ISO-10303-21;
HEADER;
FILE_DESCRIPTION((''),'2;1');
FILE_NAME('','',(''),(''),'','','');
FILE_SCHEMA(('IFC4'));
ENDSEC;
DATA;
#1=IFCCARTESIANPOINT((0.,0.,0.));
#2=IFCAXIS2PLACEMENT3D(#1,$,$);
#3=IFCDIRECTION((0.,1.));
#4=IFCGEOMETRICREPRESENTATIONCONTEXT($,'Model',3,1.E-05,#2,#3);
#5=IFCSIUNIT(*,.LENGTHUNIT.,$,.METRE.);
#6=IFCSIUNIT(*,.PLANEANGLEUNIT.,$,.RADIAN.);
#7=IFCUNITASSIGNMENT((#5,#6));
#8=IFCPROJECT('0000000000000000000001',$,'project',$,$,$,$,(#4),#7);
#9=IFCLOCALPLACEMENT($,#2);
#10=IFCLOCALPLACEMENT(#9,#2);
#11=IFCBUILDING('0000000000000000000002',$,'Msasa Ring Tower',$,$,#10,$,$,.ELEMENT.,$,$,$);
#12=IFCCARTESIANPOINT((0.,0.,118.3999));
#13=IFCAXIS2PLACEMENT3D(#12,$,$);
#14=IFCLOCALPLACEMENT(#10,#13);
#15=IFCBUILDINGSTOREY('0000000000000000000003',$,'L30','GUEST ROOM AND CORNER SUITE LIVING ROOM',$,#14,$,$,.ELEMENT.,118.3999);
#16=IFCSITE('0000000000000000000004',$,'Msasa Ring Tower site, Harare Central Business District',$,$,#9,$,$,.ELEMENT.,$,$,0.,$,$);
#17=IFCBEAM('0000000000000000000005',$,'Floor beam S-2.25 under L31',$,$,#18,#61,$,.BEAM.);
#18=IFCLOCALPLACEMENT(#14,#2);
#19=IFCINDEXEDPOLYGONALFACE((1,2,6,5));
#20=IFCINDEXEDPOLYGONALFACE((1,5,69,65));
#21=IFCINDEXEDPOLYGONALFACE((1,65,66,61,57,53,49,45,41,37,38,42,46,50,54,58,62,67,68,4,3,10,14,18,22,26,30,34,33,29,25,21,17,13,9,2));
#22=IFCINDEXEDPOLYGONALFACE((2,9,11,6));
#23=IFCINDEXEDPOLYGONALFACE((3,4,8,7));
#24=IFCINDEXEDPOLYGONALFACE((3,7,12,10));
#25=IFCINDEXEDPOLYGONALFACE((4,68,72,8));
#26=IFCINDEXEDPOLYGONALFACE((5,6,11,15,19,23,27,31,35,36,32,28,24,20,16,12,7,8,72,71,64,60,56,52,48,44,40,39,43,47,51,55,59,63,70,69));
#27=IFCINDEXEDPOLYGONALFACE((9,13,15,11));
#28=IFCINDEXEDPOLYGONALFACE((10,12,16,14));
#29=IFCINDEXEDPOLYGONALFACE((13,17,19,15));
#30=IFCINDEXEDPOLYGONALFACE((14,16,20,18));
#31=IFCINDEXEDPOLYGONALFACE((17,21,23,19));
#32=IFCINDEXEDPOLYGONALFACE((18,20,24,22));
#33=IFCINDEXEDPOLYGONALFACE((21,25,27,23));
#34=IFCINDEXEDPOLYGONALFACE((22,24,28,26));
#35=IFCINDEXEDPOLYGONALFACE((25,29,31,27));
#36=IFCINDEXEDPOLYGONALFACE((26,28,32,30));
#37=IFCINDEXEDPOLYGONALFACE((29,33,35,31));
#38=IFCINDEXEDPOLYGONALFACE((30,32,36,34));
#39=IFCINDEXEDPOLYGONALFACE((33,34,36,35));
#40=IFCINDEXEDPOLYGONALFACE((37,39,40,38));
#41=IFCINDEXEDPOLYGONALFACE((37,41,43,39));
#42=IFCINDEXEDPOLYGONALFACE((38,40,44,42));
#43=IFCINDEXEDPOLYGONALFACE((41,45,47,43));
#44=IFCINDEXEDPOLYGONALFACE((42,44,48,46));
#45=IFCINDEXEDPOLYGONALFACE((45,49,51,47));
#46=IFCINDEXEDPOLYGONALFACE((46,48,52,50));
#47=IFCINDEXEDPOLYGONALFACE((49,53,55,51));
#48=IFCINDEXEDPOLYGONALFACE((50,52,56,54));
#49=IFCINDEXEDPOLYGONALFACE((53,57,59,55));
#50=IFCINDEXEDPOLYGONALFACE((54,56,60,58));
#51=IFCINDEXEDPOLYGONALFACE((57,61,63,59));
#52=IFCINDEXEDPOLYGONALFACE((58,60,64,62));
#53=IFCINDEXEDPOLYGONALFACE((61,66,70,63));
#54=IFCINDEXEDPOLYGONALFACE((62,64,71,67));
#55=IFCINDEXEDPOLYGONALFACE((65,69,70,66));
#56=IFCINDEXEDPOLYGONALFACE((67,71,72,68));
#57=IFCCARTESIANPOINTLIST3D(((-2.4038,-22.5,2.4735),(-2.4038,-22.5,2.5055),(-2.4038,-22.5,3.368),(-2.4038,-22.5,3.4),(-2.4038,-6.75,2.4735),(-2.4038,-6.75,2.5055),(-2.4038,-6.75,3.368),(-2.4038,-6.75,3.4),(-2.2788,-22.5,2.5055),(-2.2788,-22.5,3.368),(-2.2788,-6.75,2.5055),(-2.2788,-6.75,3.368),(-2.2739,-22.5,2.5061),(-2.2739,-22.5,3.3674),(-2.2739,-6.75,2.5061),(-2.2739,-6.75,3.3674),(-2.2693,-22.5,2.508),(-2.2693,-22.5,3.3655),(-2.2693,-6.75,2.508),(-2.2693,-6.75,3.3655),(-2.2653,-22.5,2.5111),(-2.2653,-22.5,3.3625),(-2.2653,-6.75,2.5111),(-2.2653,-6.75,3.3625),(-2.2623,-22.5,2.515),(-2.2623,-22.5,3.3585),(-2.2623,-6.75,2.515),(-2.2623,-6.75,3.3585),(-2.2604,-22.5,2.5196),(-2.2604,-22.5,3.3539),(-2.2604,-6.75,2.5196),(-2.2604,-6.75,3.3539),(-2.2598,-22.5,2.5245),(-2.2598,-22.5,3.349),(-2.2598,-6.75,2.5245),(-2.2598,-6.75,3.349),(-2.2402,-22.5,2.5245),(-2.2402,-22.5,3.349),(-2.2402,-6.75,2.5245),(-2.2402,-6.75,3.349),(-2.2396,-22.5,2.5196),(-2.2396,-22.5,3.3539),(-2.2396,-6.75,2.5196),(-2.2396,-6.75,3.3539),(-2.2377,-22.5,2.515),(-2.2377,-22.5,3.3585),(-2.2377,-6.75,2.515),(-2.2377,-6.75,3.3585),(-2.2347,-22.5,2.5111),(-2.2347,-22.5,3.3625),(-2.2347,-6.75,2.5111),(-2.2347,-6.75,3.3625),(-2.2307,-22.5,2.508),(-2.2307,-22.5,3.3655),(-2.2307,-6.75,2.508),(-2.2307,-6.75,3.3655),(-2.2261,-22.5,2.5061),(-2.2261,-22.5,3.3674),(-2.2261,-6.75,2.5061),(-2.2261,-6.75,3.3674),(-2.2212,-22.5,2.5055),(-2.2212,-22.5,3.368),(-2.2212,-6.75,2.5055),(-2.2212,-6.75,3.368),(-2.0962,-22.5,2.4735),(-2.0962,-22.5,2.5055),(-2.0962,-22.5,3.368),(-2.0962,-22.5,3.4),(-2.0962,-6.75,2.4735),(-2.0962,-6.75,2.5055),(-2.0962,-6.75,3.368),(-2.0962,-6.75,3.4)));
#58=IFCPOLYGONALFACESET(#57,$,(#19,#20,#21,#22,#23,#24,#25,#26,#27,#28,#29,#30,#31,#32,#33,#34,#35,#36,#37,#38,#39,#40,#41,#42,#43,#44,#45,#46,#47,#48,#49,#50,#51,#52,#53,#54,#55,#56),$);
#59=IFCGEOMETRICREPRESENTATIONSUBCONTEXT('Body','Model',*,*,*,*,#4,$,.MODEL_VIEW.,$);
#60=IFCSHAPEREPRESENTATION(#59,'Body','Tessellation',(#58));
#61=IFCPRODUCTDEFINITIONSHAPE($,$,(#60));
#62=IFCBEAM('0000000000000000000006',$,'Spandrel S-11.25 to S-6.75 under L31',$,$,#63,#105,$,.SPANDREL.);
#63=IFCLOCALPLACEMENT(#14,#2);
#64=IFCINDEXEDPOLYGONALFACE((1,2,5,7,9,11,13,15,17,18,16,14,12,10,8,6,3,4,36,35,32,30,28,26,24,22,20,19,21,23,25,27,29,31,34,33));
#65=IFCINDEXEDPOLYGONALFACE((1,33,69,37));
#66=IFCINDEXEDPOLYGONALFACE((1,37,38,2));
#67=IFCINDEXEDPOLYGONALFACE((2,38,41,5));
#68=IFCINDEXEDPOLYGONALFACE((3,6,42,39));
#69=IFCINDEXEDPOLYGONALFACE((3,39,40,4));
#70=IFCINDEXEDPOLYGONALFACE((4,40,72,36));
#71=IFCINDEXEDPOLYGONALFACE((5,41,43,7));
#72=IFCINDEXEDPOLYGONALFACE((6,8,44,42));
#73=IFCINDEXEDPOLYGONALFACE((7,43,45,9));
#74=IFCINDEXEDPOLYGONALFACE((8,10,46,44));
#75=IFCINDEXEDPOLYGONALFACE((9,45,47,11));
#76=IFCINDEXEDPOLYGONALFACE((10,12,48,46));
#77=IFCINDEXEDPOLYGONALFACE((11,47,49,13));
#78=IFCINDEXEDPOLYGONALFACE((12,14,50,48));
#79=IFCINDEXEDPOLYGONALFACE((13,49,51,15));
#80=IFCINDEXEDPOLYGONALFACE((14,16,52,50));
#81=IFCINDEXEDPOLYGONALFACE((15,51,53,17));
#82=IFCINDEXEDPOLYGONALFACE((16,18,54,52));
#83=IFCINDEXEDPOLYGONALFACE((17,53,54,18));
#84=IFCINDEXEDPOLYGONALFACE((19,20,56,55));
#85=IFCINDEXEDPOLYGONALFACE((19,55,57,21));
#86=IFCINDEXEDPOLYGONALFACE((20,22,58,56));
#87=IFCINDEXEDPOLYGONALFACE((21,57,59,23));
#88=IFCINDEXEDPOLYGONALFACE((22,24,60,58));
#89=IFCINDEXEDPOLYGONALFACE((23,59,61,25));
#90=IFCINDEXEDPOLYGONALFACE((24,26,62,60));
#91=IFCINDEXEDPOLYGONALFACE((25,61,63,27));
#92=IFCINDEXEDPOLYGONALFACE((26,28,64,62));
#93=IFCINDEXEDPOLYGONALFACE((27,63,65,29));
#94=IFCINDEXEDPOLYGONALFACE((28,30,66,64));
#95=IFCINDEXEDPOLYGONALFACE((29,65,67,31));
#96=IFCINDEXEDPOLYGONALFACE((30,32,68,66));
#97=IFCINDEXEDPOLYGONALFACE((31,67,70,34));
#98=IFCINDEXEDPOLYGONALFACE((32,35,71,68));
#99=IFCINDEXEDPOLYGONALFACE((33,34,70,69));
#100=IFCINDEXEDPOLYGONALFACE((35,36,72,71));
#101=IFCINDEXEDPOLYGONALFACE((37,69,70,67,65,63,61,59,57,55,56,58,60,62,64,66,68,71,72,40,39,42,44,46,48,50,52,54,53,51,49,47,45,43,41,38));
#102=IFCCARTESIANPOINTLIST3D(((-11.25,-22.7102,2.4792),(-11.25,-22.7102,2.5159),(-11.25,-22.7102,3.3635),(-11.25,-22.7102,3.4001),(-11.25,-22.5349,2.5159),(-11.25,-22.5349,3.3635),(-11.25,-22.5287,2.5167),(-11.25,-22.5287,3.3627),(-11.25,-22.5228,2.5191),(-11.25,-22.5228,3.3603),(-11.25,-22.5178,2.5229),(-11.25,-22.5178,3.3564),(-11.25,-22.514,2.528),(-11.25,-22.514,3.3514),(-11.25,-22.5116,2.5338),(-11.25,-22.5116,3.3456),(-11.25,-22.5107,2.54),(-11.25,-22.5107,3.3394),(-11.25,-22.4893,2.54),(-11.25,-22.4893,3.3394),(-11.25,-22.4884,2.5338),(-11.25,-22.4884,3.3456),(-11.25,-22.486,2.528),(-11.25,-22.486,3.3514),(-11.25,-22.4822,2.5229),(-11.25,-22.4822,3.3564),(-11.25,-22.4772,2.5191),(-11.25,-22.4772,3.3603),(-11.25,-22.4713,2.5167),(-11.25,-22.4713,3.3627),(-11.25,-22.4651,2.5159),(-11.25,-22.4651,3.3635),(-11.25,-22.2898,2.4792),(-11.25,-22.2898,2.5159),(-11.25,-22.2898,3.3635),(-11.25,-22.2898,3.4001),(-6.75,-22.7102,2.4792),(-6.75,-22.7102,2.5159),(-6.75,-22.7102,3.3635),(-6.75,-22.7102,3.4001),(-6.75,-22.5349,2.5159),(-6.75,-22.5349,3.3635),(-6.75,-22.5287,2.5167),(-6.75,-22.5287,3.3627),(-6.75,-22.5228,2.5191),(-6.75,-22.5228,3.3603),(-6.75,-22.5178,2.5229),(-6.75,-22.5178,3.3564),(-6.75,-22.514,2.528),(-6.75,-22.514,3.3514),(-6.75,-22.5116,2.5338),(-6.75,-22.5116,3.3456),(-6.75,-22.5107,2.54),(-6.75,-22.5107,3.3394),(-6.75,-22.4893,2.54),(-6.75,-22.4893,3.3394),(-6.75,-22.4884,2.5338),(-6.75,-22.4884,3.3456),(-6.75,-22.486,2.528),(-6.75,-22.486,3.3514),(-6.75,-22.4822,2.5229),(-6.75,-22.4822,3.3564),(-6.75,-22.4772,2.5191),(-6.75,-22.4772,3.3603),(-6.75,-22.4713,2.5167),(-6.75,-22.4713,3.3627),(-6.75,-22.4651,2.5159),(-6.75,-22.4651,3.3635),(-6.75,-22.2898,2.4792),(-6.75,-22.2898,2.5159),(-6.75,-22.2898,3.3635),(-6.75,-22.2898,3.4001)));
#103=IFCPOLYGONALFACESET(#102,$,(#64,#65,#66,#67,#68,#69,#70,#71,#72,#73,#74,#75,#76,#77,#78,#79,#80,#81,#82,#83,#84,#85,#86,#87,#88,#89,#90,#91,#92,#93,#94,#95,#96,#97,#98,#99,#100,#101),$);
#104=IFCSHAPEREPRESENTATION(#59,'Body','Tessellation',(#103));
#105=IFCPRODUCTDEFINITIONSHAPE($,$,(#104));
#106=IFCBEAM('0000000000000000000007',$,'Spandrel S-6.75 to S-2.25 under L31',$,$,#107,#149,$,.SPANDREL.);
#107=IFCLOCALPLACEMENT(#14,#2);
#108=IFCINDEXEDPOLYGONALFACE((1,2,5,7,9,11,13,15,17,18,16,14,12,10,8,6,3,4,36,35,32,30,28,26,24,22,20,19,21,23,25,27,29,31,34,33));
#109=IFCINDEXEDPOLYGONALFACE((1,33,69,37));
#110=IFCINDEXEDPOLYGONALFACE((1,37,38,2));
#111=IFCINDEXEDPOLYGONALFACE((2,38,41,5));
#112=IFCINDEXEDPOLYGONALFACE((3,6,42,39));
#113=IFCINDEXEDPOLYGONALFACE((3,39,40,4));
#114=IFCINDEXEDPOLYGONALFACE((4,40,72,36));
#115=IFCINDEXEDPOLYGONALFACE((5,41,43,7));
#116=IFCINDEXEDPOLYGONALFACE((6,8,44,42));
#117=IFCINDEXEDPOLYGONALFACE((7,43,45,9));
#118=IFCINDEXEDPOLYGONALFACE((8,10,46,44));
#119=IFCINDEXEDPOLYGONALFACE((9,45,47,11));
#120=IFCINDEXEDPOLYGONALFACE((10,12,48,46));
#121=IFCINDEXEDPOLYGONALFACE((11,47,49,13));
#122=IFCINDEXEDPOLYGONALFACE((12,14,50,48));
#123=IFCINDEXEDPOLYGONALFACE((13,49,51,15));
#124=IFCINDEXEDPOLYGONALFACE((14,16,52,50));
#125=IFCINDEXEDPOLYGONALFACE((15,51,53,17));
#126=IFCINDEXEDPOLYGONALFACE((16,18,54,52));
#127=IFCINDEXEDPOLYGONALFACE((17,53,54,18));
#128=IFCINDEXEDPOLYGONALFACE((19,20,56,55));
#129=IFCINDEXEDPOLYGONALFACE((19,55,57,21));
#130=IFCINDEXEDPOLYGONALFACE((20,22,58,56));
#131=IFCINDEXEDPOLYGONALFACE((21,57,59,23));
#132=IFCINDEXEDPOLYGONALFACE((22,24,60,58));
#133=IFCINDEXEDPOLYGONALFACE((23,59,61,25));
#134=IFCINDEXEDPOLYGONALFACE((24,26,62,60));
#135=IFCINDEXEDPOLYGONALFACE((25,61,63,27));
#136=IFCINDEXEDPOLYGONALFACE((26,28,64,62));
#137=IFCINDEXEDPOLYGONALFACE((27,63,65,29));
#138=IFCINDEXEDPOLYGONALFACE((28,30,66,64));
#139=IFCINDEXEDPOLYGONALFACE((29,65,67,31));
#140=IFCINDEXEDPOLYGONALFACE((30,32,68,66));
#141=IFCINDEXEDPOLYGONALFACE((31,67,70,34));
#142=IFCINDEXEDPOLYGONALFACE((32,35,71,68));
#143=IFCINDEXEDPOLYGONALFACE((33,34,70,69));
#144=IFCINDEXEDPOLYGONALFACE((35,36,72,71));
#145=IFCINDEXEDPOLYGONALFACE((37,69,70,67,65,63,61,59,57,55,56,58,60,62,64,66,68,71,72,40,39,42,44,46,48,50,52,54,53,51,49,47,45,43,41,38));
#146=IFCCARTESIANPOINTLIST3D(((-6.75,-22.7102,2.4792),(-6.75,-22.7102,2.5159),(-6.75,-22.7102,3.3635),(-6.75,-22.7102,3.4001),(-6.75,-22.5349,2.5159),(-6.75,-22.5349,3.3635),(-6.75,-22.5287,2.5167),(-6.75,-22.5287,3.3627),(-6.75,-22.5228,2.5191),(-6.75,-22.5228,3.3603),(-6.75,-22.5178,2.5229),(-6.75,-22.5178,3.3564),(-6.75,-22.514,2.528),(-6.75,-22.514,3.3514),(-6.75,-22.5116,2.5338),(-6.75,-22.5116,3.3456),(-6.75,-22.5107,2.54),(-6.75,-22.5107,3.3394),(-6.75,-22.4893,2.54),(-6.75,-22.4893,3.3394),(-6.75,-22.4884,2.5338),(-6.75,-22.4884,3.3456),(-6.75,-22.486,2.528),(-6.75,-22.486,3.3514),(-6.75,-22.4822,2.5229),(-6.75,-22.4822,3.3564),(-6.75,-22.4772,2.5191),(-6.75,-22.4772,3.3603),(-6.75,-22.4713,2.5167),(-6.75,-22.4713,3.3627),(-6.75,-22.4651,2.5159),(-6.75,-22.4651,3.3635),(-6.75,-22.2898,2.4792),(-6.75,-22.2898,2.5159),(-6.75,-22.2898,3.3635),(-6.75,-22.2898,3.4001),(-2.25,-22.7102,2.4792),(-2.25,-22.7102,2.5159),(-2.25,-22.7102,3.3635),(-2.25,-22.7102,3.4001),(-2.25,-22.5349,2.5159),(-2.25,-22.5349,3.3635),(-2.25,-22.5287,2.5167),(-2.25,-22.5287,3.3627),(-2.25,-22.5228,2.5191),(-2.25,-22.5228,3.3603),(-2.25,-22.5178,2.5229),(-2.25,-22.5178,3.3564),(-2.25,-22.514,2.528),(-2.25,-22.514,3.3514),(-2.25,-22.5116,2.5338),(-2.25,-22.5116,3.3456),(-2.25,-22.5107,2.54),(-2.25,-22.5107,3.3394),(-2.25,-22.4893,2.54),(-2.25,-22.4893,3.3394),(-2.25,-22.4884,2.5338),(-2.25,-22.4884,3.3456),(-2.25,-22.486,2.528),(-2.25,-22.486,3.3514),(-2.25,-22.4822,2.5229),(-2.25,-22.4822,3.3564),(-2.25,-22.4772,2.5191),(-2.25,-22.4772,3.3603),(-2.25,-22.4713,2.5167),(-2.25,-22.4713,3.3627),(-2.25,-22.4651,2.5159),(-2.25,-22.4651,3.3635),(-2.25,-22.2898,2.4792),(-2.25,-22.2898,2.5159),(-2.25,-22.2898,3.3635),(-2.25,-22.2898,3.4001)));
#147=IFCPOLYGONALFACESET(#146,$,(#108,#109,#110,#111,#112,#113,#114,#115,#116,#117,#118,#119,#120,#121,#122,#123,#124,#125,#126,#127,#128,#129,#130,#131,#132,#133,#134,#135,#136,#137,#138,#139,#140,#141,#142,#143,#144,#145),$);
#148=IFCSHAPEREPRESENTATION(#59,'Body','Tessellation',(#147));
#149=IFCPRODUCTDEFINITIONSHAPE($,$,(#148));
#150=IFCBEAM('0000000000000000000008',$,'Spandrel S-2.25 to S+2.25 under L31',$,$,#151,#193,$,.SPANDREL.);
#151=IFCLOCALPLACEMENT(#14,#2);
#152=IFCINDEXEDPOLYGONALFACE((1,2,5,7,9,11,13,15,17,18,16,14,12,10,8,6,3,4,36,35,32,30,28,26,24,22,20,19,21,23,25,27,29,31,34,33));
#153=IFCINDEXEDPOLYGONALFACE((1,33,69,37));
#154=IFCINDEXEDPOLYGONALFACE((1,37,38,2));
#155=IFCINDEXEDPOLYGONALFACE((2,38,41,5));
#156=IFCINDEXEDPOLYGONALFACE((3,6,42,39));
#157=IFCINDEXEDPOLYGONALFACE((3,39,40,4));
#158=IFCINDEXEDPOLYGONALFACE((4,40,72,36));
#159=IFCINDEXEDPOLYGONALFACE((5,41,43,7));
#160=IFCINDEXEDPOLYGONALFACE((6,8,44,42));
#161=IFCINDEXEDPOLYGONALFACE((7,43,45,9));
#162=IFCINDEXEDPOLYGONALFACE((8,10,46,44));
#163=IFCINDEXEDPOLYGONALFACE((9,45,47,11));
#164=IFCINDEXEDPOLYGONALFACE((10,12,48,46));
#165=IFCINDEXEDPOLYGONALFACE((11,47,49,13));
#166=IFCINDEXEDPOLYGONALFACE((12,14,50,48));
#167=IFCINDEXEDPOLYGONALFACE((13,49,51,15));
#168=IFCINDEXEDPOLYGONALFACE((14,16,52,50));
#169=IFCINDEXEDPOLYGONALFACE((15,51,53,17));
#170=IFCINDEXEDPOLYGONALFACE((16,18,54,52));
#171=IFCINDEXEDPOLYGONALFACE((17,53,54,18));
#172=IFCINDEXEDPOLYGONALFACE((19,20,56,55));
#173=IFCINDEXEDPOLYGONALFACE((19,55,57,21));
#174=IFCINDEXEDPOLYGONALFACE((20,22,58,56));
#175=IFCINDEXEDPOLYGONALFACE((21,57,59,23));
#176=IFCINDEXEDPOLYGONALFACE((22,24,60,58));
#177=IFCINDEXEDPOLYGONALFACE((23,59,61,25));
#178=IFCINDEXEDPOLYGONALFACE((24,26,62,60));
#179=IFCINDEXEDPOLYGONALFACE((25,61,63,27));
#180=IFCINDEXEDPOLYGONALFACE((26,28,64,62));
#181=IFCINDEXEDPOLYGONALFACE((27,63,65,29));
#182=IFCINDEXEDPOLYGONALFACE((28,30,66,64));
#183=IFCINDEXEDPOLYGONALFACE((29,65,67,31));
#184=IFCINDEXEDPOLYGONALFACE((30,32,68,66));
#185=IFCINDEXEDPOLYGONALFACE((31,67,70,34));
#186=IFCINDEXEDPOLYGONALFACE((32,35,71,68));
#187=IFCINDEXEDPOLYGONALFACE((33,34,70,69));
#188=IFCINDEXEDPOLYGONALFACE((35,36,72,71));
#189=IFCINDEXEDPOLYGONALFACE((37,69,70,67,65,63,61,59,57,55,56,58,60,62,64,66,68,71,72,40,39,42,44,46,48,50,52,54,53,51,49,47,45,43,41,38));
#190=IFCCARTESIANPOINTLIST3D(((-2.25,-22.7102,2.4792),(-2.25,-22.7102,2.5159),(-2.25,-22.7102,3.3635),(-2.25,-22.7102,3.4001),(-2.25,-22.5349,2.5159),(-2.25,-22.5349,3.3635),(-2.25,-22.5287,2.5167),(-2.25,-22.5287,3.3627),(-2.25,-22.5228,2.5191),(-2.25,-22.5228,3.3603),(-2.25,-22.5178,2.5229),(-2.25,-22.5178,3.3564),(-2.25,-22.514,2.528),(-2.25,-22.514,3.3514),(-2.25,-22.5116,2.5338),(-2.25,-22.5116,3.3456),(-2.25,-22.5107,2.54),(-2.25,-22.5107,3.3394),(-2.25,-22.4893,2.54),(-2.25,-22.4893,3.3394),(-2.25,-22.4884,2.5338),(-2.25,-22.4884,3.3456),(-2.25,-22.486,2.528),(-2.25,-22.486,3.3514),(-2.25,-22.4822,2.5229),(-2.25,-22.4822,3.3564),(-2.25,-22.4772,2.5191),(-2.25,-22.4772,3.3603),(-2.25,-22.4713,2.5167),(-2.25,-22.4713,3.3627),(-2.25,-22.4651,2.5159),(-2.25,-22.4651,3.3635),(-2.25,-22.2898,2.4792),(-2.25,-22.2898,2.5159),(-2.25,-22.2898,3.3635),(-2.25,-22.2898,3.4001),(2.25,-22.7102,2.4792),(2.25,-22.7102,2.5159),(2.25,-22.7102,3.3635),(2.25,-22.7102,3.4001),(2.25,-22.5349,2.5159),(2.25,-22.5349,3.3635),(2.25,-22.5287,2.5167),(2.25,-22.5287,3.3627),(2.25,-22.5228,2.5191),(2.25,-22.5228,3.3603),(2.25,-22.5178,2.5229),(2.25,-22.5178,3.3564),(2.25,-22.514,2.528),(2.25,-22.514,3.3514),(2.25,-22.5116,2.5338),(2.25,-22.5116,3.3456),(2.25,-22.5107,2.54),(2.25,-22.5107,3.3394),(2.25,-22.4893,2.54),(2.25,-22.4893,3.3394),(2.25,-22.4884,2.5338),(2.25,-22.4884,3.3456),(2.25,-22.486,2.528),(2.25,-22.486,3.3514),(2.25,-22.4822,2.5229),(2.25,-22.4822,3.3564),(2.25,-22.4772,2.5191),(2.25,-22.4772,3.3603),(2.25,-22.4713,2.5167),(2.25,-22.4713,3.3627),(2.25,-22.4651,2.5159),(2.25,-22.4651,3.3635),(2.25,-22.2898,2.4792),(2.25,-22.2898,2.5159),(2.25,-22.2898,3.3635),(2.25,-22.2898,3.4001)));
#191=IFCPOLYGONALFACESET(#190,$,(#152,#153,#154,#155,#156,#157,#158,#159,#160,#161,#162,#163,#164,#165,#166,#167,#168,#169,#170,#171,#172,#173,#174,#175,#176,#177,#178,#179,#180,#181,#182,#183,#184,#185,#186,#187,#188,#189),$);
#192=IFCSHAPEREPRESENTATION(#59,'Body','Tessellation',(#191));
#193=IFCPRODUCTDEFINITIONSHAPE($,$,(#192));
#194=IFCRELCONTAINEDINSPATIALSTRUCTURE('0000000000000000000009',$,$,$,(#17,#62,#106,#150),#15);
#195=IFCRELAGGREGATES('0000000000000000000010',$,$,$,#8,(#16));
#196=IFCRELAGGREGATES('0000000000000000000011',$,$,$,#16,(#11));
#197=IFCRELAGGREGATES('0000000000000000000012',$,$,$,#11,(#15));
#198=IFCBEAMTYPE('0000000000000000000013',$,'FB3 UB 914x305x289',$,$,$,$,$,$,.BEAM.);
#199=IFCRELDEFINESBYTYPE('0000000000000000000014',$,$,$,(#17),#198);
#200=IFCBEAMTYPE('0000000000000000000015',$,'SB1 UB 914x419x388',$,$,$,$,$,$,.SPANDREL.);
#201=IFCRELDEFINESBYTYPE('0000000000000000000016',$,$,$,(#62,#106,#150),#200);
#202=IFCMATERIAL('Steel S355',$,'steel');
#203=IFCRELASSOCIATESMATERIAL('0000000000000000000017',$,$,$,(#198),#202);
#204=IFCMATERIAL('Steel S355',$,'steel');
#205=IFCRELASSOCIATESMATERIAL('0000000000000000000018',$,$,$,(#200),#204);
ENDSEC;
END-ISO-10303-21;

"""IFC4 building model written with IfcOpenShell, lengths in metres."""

from ifc_helpers import new_model, si_unit, direction, frame, origin, origin_2d, place, context, subcontext, project, spatial, i_section, extrude, material, material_profile, profile_set, type_object, element, save


model = new_model("IFC4")

# Units and contexts
model_context = context("Model", 3, precision=1e-05, world=origin(), true_north=direction((0.0, 1.0)))
body_context = subcontext(model_context, "Body", "Model", "MODEL_VIEW")
ifc_project = project(units=[si_unit("LENGTHUNIT", "METRE"), si_unit("PLANEANGLEUNIT", "RADIAN")], contexts=[model_context])

# Site, building, storey
site_placement = place(None, origin())
site = spatial("IfcSite", under=ifc_project, at=site_placement, Name="Msasa Ring Tower site, Harare Central Business District", CompositionType="ELEMENT", RefElevation=0.0)
building_placement = place(site_placement, origin())
building = spatial("IfcBuilding", under=site, at=building_placement, Name="Msasa Ring Tower", CompositionType="ELEMENT")
storey_placement = place(building_placement, frame((0.0, 0.0, 118.3999)))
storey = spatial("IfcBuildingStorey", under=building, at=storey_placement, Name="L30", Description="GUEST ROOM AND CORNER SUITE LIVING ROOM", CompositionType="ELEMENT", Elevation=118.3999)

# Beams
ifc_material_1 = material(Name="Steel S355", Category="steel")
ifc_material_profile_1 = material_profile(ifc_material_1, i_section(OverallWidth=0.3076, OverallDepth=0.9265, WebThickness=0.0195, FlangeThickness=0.032, FilletRadius=0.019, at=origin_2d()), Name="UB 914x305x289")
ifc_profile_set_1 = profile_set([ifc_material_profile_1], Name="Steel S355")
beam_type_1 = type_object("IfcBeamType", Name="FB3 UB 914x305x289", PredefinedType="BEAM", material=ifc_profile_set_1)
for number, where, z_axis, x_axis, name in (
    (1, (-2.25, -22.5, 2.9368), (0.0, 1.0, 0.0), (-1.0, 0.0, 0.0), "Floor beam S-2.25 under L31"),
):
    element("IfcBeam", number, at=place(storey_placement, frame(where, z_axis=z_axis, x_axis=x_axis)), inside=storey, type_object=beam_type_1, Name=name, PredefinedType="BEAM", context=body_context, shape_type="SweptSolid", body=[
        extrude(i_section(OverallWidth=0.3076, OverallDepth=0.9265, WebThickness=0.0195, FlangeThickness=0.032, FilletRadius=0.019, at=origin_2d()), origin(), (0.0, 0.0, 1.0), 15.75),
    ])
ifc_material_2 = material(Name="Steel S355", Category="steel")
ifc_material_profile_2 = material_profile(ifc_material_2, i_section(OverallWidth=0.4204, OverallDepth=0.9209, WebThickness=0.0215, FlangeThickness=0.0366, FilletRadius=0.0242, at=origin_2d()), Name="UB 914x419x388")
ifc_profile_set_2 = profile_set([ifc_material_profile_2], Name="Steel S355")
beam_type_2 = type_object("IfcBeamType", Name="SB1 UB 914x419x388", PredefinedType="SPANDREL", material=ifc_profile_set_2)
for number, where, z_axis, x_axis, name in (
    (2, (-11.25, -22.5, 2.9397), (1.0, 0.0, 0.0), (0.0, 1.0, 0.0), "Spandrel S-11.25 to S-6.75 under L31"),
    (3, (-6.75, -22.5, 2.9397), (1.0, 0.0, 0.0), (0.0, 1.0, 0.0), "Spandrel S-6.75 to S-2.25 under L31"),
    (4, (-2.25, -22.5, 2.9397), (1.0, 0.0, 0.0), (0.0, 1.0, 0.0), "Spandrel S-2.25 to S+2.25 under L31"),
):
    element("IfcBeam", number, at=place(storey_placement, frame(where, z_axis=z_axis, x_axis=x_axis)), inside=storey, type_object=beam_type_2, Name=name, PredefinedType="SPANDREL", context=body_context, shape_type="SweptSolid", body=[
        extrude(i_section(OverallWidth=0.4204, OverallDepth=0.9209, WebThickness=0.0215, FlangeThickness=0.0366, FilletRadius=0.0242, at=origin_2d()), origin(), (0.0, 0.0, 1.0), 4.5),
    ])

save(model, "model.ifc")
